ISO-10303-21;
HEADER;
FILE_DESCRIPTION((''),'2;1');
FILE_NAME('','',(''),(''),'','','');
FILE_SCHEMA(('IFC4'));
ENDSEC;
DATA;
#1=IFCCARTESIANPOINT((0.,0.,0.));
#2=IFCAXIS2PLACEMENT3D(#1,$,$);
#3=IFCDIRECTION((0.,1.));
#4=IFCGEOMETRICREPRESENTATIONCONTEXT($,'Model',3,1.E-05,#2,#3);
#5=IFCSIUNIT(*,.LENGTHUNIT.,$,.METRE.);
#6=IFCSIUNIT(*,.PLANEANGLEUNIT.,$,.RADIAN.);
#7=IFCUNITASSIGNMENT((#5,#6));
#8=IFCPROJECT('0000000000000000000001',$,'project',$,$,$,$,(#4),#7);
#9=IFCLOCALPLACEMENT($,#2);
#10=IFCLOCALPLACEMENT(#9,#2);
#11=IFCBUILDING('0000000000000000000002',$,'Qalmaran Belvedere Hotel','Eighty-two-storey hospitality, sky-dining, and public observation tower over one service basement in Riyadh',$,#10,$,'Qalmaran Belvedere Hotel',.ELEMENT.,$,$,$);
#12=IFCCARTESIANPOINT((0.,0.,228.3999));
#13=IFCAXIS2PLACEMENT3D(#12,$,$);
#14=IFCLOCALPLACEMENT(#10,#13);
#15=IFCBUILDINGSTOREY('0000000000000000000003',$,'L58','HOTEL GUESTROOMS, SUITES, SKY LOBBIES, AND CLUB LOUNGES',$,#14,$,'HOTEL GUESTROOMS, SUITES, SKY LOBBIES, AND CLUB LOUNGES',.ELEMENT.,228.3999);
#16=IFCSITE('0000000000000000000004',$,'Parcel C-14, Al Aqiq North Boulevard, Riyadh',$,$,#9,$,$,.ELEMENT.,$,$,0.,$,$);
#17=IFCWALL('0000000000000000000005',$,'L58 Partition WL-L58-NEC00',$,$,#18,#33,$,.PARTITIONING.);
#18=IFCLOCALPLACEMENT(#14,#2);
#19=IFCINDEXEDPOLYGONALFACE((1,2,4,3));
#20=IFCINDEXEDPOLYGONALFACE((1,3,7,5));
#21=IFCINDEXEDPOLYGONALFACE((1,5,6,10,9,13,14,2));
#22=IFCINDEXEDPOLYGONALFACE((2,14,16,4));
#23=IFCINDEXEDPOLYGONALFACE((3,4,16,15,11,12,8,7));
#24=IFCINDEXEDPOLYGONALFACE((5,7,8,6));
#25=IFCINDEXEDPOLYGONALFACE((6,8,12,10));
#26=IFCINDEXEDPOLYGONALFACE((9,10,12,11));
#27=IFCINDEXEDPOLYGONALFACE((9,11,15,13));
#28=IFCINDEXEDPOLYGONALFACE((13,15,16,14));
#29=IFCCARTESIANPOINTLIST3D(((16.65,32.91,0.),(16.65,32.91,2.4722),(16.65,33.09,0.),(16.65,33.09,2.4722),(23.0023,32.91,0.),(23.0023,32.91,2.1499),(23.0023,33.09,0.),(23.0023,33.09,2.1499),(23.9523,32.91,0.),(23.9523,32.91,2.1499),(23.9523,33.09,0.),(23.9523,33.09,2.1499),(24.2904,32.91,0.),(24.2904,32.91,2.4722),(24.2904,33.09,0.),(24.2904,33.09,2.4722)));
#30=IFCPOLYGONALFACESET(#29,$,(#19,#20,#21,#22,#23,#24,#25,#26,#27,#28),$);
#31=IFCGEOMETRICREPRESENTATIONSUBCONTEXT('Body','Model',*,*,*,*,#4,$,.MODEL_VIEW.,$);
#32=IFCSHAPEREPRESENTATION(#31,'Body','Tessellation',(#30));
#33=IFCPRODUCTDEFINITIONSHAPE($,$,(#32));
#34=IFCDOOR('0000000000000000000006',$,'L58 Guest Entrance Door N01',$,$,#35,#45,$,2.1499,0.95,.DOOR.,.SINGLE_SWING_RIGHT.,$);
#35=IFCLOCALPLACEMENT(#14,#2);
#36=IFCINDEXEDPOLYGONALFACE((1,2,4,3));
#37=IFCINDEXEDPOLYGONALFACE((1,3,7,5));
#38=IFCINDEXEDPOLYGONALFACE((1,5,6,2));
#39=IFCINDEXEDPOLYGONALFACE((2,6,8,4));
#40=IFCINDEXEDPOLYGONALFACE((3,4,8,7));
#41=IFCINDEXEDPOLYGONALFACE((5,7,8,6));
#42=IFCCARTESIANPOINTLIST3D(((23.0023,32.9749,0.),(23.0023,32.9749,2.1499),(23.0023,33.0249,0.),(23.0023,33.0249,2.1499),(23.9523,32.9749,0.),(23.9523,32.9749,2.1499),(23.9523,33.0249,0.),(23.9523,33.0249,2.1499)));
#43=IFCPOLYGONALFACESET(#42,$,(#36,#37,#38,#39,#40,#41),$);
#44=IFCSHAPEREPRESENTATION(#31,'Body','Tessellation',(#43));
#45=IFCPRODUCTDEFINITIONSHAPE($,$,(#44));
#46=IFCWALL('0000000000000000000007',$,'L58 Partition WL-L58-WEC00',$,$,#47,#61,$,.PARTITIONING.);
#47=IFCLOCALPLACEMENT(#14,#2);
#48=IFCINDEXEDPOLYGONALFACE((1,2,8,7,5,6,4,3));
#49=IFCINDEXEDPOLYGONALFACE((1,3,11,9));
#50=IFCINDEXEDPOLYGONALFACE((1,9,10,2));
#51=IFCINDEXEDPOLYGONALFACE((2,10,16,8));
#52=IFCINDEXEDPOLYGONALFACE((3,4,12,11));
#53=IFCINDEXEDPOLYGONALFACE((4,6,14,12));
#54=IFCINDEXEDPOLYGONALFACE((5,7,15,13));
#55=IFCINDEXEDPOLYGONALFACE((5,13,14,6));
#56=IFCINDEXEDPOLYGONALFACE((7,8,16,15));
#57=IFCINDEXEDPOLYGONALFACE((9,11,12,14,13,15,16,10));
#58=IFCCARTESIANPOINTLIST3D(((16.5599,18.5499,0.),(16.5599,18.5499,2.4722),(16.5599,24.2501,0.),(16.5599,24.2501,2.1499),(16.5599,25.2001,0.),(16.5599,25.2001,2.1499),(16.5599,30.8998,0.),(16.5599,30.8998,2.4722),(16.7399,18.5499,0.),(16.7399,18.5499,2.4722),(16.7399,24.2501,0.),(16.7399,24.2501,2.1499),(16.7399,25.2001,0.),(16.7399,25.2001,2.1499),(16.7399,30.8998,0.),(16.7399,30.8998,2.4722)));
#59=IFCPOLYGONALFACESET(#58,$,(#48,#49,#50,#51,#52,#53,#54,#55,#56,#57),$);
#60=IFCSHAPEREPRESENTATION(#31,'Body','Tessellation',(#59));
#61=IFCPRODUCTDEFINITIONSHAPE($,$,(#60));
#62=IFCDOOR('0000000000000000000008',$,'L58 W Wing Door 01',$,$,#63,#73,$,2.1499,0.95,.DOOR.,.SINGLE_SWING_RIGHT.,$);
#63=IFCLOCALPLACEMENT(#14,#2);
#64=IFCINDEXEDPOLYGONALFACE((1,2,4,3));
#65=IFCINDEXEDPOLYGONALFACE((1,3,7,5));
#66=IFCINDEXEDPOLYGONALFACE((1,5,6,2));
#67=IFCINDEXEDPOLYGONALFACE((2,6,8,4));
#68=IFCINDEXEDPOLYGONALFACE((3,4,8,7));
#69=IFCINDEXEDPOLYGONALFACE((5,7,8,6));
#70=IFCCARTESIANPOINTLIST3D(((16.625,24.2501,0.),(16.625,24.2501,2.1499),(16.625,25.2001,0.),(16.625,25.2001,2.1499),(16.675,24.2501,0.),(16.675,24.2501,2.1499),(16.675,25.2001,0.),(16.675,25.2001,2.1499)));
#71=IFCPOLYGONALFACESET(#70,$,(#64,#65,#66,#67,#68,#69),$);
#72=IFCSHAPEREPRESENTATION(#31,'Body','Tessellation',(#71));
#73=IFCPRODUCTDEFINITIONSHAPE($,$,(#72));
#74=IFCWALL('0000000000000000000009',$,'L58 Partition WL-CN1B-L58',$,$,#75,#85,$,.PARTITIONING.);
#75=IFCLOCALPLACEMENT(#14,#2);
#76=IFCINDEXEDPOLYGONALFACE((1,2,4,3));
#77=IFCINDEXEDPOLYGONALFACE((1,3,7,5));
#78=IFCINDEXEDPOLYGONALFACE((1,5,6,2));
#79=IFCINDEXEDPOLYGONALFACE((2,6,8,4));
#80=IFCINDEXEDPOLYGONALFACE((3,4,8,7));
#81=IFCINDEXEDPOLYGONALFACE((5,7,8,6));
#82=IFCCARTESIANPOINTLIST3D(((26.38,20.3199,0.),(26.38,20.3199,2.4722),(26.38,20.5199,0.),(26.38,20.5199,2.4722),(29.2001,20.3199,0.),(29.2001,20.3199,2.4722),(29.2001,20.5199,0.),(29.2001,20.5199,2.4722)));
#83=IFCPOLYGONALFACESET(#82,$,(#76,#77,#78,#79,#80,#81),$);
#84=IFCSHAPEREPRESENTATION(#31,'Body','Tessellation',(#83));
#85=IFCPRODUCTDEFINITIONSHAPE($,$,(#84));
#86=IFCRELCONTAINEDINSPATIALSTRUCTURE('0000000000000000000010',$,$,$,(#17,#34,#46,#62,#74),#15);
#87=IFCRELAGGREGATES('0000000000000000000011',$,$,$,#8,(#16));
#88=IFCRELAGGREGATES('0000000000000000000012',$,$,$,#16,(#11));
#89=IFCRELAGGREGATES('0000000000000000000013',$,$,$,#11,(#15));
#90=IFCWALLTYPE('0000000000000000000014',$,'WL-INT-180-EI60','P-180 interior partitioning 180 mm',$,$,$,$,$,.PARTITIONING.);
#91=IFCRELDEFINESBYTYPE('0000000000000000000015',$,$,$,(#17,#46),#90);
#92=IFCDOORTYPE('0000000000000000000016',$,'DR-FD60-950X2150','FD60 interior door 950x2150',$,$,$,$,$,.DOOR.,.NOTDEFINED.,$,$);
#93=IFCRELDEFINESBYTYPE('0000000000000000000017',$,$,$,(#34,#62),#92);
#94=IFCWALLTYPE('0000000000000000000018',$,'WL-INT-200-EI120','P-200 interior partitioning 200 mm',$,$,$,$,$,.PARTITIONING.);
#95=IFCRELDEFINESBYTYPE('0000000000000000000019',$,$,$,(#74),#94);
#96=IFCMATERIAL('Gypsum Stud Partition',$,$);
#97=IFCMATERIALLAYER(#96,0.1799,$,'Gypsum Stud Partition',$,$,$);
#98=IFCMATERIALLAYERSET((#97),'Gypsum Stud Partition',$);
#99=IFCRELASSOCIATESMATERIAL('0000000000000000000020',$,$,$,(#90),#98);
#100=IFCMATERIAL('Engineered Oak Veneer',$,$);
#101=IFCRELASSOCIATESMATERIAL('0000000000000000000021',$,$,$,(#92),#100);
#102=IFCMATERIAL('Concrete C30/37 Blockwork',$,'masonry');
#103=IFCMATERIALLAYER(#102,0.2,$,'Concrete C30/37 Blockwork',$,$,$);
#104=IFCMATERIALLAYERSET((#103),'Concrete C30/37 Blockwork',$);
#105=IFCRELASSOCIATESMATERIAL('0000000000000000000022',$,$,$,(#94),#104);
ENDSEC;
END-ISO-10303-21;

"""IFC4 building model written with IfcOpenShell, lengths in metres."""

from ifc_helpers import new_model, si_unit, direction, frame, frame_2d, origin, place, context, subcontext, project, spatial, rectangle, extrude, material, layer, layer_set, type_object, element, fill, save


model = new_model("IFC4")

# Units and contexts
model_context = context("Model", 3, precision=1e-05, world=origin(), true_north=direction((0.0, 1.0)))
body_context = subcontext(model_context, "Body", "Model", "MODEL_VIEW")
ifc_project = project(units=[si_unit("LENGTHUNIT", "METRE"), si_unit("PLANEANGLEUNIT", "RADIAN")], contexts=[model_context])

# Site, building, storey
site_placement = place(None, origin())
site = spatial("IfcSite", under=ifc_project, at=site_placement, Name="Parcel C-14, Al Aqiq North Boulevard, Riyadh", CompositionType="ELEMENT", RefElevation=0.0)
building_placement = place(site_placement, origin())
building = spatial("IfcBuilding", under=site, at=building_placement, Name="Qalmaran Belvedere Hotel", Description="Eighty-two-storey hospitality, sky-dining, and public observation tower over one service basement in Riyadh", LongName="Qalmaran Belvedere Hotel", CompositionType="ELEMENT")
storey_placement = place(building_placement, frame((0.0, 0.0, 228.3999)))
storey = spatial("IfcBuildingStorey", under=building, at=storey_placement, Name="L58", Description="HOTEL GUESTROOMS, SUITES, SKY LOBBIES, AND CLUB LOUNGES", LongName="HOTEL GUESTROOMS, SUITES, SKY LOBBIES, AND CLUB LOUNGES", CompositionType="ELEMENT", Elevation=228.3999)

# Shared definitions
ifc_material_1 = material(Name="Gypsum Stud Partition")

# Shared definitions
ifc_layer_1 = layer(ifc_material_1, 0.1799, Name="Gypsum Stud Partition")
ifc_layer_set_1 = layer_set([ifc_layer_1], Name="Gypsum Stud Partition")
wall_type_1 = type_object("IfcWallType", Name="WL-INT-180-EI60", Description="P-180 interior partitioning 180 mm", PredefinedType="PARTITIONING", material=ifc_layer_set_1)
ifc_material_2 = material(Name="Engineered Oak Veneer")
door_type_1 = type_object("IfcDoorType", Name="DR-FD60-950X2150", Description="FD60 interior door 950x2150", OperationType="NOTDEFINED", PredefinedType="DOOR", material=ifc_material_2)

# Walls, openings, doors
wall_1_placement = place(storey_placement, frame((16.6499, 33.0, 0.0), z_axis=(0.0, 0.0, 1.0), x_axis=(1.0, 0.0, 0.0)))
wall_1 = element("IfcWall", 1, at=wall_1_placement, inside=storey, type_object=wall_type_1, Name="L58 Partition WL-L58-NEC00", PredefinedType="PARTITIONING", context=body_context, shape_type="SweptSolid", body=[
    extrude(rectangle(XDim=7.6404, YDim=0.1799, at=frame_2d((3.8203, 0.0))), origin(), (0.0, 0.0, 1.0), 2.4722),
])
opening_1_placement = place(wall_1_placement, frame((6.3523, 0.0, 0.0)))
opening_1 = element("IfcOpeningElement", 2, at=opening_1_placement, cuts=wall_1, PredefinedType="OPENING", context=body_context, shape_type="SweptSolid", body=[
    extrude(rectangle(XDim=0.95, YDim=2.1499, at=frame_2d((0.4751, 1.075))), frame((0.0, 0.1001, 0.0), z_axis=(0.0, -1.0, 0.0), x_axis=(1.0, 0.0, 0.0)), (0.0, 0.0, 1.0), 0.2),
])
door_1_placement = place(opening_1_placement, origin())
door_1 = element("IfcDoor", 3, at=door_1_placement, inside=storey, type_object=door_type_1, Name="L58 Guest Entrance Door N01", OperationType="SINGLE_SWING_RIGHT", OverallHeight=2.1499, OverallWidth=0.95, PredefinedType="DOOR", context=body_context, shape_type="SweptSolid", body=[
    extrude(rectangle(XDim=0.95, YDim=2.1499, at=frame_2d((0.4751, 1.075))), frame((0.0, 0.0249, 0.0), z_axis=(0.0, -1.0, 0.0), x_axis=(1.0, 0.0, 0.0)), (0.0, 0.0, 1.0), 0.05),
])
fill(opening_1, door_1)
wall_2_placement = place(storey_placement, frame((16.6499, 18.55, 0.0), z_axis=(0.0, 0.0, 1.0), x_axis=(0.0, 1.0, 0.0)))
wall_2 = element("IfcWall", 4, at=wall_2_placement, inside=storey, type_object=wall_type_1, Name="L58 Partition WL-L58-WEC00", PredefinedType="PARTITIONING", context=body_context, shape_type="SweptSolid", body=[
    extrude(rectangle(XDim=12.3499, YDim=0.1799, at=frame_2d((6.1748, 0.0))), origin(), (0.0, 0.0, 1.0), 2.4722),
])
opening_2_placement = place(wall_2_placement, frame((5.7, 0.0, 0.0)))
opening_2 = element("IfcOpeningElement", 5, at=opening_2_placement, cuts=wall_2, PredefinedType="OPENING", context=body_context, shape_type="SweptSolid", body=[
    extrude(rectangle(XDim=0.95, YDim=2.1499, at=frame_2d((0.4751, 1.075))), frame((0.0, 0.1001, 0.0), z_axis=(0.0, -1.0, 0.0), x_axis=(1.0, 0.0, 0.0)), (0.0, 0.0, 1.0), 0.2),
])
door_2_placement = place(opening_2_placement, origin())
door_2 = element("IfcDoor", 6, at=door_2_placement, inside=storey, type_object=door_type_1, Name="L58 W Wing Door 01", OperationType="SINGLE_SWING_RIGHT", OverallHeight=2.1499, OverallWidth=0.95, PredefinedType="DOOR", context=body_context, shape_type="SweptSolid", body=[
    extrude(rectangle(XDim=0.95, YDim=2.1499, at=frame_2d((0.4751, 1.075))), frame((0.0, 0.0249, 0.0), z_axis=(0.0, -1.0, 0.0), x_axis=(1.0, 0.0, 0.0)), (0.0, 0.0, 1.0), 0.05),
])
fill(opening_2, door_2)
ifc_material_3 = material(Name="Concrete C30/37 Blockwork", Category="masonry")
ifc_layer_2 = layer(ifc_material_3, 0.2, Name="Concrete C30/37 Blockwork")
ifc_layer_set_2 = layer_set([ifc_layer_2], Name="Concrete C30/37 Blockwork")
wall_type_2 = type_object("IfcWallType", Name="WL-INT-200-EI120", Description="P-200 interior partitioning 200 mm", PredefinedType="PARTITIONING", material=ifc_layer_set_2)

# Wall
wall_3_placement = place(storey_placement, frame((26.3799, 20.4199, 0.0), z_axis=(0.0, 0.0, 1.0), x_axis=(1.0, 0.0, 0.0)))
element("IfcWall", 7, at=wall_3_placement, inside=storey, type_object=wall_type_2, Name="L58 Partition WL-CN1B-L58", PredefinedType="PARTITIONING", context=body_context, shape_type="SweptSolid", body=[
    extrude(rectangle(XDim=2.8201, YDim=0.2, at=frame_2d((1.4102, 0.0))), origin(), (0.0, 0.0, 1.0), 2.4722),
])

save(model, "model.ifc")
